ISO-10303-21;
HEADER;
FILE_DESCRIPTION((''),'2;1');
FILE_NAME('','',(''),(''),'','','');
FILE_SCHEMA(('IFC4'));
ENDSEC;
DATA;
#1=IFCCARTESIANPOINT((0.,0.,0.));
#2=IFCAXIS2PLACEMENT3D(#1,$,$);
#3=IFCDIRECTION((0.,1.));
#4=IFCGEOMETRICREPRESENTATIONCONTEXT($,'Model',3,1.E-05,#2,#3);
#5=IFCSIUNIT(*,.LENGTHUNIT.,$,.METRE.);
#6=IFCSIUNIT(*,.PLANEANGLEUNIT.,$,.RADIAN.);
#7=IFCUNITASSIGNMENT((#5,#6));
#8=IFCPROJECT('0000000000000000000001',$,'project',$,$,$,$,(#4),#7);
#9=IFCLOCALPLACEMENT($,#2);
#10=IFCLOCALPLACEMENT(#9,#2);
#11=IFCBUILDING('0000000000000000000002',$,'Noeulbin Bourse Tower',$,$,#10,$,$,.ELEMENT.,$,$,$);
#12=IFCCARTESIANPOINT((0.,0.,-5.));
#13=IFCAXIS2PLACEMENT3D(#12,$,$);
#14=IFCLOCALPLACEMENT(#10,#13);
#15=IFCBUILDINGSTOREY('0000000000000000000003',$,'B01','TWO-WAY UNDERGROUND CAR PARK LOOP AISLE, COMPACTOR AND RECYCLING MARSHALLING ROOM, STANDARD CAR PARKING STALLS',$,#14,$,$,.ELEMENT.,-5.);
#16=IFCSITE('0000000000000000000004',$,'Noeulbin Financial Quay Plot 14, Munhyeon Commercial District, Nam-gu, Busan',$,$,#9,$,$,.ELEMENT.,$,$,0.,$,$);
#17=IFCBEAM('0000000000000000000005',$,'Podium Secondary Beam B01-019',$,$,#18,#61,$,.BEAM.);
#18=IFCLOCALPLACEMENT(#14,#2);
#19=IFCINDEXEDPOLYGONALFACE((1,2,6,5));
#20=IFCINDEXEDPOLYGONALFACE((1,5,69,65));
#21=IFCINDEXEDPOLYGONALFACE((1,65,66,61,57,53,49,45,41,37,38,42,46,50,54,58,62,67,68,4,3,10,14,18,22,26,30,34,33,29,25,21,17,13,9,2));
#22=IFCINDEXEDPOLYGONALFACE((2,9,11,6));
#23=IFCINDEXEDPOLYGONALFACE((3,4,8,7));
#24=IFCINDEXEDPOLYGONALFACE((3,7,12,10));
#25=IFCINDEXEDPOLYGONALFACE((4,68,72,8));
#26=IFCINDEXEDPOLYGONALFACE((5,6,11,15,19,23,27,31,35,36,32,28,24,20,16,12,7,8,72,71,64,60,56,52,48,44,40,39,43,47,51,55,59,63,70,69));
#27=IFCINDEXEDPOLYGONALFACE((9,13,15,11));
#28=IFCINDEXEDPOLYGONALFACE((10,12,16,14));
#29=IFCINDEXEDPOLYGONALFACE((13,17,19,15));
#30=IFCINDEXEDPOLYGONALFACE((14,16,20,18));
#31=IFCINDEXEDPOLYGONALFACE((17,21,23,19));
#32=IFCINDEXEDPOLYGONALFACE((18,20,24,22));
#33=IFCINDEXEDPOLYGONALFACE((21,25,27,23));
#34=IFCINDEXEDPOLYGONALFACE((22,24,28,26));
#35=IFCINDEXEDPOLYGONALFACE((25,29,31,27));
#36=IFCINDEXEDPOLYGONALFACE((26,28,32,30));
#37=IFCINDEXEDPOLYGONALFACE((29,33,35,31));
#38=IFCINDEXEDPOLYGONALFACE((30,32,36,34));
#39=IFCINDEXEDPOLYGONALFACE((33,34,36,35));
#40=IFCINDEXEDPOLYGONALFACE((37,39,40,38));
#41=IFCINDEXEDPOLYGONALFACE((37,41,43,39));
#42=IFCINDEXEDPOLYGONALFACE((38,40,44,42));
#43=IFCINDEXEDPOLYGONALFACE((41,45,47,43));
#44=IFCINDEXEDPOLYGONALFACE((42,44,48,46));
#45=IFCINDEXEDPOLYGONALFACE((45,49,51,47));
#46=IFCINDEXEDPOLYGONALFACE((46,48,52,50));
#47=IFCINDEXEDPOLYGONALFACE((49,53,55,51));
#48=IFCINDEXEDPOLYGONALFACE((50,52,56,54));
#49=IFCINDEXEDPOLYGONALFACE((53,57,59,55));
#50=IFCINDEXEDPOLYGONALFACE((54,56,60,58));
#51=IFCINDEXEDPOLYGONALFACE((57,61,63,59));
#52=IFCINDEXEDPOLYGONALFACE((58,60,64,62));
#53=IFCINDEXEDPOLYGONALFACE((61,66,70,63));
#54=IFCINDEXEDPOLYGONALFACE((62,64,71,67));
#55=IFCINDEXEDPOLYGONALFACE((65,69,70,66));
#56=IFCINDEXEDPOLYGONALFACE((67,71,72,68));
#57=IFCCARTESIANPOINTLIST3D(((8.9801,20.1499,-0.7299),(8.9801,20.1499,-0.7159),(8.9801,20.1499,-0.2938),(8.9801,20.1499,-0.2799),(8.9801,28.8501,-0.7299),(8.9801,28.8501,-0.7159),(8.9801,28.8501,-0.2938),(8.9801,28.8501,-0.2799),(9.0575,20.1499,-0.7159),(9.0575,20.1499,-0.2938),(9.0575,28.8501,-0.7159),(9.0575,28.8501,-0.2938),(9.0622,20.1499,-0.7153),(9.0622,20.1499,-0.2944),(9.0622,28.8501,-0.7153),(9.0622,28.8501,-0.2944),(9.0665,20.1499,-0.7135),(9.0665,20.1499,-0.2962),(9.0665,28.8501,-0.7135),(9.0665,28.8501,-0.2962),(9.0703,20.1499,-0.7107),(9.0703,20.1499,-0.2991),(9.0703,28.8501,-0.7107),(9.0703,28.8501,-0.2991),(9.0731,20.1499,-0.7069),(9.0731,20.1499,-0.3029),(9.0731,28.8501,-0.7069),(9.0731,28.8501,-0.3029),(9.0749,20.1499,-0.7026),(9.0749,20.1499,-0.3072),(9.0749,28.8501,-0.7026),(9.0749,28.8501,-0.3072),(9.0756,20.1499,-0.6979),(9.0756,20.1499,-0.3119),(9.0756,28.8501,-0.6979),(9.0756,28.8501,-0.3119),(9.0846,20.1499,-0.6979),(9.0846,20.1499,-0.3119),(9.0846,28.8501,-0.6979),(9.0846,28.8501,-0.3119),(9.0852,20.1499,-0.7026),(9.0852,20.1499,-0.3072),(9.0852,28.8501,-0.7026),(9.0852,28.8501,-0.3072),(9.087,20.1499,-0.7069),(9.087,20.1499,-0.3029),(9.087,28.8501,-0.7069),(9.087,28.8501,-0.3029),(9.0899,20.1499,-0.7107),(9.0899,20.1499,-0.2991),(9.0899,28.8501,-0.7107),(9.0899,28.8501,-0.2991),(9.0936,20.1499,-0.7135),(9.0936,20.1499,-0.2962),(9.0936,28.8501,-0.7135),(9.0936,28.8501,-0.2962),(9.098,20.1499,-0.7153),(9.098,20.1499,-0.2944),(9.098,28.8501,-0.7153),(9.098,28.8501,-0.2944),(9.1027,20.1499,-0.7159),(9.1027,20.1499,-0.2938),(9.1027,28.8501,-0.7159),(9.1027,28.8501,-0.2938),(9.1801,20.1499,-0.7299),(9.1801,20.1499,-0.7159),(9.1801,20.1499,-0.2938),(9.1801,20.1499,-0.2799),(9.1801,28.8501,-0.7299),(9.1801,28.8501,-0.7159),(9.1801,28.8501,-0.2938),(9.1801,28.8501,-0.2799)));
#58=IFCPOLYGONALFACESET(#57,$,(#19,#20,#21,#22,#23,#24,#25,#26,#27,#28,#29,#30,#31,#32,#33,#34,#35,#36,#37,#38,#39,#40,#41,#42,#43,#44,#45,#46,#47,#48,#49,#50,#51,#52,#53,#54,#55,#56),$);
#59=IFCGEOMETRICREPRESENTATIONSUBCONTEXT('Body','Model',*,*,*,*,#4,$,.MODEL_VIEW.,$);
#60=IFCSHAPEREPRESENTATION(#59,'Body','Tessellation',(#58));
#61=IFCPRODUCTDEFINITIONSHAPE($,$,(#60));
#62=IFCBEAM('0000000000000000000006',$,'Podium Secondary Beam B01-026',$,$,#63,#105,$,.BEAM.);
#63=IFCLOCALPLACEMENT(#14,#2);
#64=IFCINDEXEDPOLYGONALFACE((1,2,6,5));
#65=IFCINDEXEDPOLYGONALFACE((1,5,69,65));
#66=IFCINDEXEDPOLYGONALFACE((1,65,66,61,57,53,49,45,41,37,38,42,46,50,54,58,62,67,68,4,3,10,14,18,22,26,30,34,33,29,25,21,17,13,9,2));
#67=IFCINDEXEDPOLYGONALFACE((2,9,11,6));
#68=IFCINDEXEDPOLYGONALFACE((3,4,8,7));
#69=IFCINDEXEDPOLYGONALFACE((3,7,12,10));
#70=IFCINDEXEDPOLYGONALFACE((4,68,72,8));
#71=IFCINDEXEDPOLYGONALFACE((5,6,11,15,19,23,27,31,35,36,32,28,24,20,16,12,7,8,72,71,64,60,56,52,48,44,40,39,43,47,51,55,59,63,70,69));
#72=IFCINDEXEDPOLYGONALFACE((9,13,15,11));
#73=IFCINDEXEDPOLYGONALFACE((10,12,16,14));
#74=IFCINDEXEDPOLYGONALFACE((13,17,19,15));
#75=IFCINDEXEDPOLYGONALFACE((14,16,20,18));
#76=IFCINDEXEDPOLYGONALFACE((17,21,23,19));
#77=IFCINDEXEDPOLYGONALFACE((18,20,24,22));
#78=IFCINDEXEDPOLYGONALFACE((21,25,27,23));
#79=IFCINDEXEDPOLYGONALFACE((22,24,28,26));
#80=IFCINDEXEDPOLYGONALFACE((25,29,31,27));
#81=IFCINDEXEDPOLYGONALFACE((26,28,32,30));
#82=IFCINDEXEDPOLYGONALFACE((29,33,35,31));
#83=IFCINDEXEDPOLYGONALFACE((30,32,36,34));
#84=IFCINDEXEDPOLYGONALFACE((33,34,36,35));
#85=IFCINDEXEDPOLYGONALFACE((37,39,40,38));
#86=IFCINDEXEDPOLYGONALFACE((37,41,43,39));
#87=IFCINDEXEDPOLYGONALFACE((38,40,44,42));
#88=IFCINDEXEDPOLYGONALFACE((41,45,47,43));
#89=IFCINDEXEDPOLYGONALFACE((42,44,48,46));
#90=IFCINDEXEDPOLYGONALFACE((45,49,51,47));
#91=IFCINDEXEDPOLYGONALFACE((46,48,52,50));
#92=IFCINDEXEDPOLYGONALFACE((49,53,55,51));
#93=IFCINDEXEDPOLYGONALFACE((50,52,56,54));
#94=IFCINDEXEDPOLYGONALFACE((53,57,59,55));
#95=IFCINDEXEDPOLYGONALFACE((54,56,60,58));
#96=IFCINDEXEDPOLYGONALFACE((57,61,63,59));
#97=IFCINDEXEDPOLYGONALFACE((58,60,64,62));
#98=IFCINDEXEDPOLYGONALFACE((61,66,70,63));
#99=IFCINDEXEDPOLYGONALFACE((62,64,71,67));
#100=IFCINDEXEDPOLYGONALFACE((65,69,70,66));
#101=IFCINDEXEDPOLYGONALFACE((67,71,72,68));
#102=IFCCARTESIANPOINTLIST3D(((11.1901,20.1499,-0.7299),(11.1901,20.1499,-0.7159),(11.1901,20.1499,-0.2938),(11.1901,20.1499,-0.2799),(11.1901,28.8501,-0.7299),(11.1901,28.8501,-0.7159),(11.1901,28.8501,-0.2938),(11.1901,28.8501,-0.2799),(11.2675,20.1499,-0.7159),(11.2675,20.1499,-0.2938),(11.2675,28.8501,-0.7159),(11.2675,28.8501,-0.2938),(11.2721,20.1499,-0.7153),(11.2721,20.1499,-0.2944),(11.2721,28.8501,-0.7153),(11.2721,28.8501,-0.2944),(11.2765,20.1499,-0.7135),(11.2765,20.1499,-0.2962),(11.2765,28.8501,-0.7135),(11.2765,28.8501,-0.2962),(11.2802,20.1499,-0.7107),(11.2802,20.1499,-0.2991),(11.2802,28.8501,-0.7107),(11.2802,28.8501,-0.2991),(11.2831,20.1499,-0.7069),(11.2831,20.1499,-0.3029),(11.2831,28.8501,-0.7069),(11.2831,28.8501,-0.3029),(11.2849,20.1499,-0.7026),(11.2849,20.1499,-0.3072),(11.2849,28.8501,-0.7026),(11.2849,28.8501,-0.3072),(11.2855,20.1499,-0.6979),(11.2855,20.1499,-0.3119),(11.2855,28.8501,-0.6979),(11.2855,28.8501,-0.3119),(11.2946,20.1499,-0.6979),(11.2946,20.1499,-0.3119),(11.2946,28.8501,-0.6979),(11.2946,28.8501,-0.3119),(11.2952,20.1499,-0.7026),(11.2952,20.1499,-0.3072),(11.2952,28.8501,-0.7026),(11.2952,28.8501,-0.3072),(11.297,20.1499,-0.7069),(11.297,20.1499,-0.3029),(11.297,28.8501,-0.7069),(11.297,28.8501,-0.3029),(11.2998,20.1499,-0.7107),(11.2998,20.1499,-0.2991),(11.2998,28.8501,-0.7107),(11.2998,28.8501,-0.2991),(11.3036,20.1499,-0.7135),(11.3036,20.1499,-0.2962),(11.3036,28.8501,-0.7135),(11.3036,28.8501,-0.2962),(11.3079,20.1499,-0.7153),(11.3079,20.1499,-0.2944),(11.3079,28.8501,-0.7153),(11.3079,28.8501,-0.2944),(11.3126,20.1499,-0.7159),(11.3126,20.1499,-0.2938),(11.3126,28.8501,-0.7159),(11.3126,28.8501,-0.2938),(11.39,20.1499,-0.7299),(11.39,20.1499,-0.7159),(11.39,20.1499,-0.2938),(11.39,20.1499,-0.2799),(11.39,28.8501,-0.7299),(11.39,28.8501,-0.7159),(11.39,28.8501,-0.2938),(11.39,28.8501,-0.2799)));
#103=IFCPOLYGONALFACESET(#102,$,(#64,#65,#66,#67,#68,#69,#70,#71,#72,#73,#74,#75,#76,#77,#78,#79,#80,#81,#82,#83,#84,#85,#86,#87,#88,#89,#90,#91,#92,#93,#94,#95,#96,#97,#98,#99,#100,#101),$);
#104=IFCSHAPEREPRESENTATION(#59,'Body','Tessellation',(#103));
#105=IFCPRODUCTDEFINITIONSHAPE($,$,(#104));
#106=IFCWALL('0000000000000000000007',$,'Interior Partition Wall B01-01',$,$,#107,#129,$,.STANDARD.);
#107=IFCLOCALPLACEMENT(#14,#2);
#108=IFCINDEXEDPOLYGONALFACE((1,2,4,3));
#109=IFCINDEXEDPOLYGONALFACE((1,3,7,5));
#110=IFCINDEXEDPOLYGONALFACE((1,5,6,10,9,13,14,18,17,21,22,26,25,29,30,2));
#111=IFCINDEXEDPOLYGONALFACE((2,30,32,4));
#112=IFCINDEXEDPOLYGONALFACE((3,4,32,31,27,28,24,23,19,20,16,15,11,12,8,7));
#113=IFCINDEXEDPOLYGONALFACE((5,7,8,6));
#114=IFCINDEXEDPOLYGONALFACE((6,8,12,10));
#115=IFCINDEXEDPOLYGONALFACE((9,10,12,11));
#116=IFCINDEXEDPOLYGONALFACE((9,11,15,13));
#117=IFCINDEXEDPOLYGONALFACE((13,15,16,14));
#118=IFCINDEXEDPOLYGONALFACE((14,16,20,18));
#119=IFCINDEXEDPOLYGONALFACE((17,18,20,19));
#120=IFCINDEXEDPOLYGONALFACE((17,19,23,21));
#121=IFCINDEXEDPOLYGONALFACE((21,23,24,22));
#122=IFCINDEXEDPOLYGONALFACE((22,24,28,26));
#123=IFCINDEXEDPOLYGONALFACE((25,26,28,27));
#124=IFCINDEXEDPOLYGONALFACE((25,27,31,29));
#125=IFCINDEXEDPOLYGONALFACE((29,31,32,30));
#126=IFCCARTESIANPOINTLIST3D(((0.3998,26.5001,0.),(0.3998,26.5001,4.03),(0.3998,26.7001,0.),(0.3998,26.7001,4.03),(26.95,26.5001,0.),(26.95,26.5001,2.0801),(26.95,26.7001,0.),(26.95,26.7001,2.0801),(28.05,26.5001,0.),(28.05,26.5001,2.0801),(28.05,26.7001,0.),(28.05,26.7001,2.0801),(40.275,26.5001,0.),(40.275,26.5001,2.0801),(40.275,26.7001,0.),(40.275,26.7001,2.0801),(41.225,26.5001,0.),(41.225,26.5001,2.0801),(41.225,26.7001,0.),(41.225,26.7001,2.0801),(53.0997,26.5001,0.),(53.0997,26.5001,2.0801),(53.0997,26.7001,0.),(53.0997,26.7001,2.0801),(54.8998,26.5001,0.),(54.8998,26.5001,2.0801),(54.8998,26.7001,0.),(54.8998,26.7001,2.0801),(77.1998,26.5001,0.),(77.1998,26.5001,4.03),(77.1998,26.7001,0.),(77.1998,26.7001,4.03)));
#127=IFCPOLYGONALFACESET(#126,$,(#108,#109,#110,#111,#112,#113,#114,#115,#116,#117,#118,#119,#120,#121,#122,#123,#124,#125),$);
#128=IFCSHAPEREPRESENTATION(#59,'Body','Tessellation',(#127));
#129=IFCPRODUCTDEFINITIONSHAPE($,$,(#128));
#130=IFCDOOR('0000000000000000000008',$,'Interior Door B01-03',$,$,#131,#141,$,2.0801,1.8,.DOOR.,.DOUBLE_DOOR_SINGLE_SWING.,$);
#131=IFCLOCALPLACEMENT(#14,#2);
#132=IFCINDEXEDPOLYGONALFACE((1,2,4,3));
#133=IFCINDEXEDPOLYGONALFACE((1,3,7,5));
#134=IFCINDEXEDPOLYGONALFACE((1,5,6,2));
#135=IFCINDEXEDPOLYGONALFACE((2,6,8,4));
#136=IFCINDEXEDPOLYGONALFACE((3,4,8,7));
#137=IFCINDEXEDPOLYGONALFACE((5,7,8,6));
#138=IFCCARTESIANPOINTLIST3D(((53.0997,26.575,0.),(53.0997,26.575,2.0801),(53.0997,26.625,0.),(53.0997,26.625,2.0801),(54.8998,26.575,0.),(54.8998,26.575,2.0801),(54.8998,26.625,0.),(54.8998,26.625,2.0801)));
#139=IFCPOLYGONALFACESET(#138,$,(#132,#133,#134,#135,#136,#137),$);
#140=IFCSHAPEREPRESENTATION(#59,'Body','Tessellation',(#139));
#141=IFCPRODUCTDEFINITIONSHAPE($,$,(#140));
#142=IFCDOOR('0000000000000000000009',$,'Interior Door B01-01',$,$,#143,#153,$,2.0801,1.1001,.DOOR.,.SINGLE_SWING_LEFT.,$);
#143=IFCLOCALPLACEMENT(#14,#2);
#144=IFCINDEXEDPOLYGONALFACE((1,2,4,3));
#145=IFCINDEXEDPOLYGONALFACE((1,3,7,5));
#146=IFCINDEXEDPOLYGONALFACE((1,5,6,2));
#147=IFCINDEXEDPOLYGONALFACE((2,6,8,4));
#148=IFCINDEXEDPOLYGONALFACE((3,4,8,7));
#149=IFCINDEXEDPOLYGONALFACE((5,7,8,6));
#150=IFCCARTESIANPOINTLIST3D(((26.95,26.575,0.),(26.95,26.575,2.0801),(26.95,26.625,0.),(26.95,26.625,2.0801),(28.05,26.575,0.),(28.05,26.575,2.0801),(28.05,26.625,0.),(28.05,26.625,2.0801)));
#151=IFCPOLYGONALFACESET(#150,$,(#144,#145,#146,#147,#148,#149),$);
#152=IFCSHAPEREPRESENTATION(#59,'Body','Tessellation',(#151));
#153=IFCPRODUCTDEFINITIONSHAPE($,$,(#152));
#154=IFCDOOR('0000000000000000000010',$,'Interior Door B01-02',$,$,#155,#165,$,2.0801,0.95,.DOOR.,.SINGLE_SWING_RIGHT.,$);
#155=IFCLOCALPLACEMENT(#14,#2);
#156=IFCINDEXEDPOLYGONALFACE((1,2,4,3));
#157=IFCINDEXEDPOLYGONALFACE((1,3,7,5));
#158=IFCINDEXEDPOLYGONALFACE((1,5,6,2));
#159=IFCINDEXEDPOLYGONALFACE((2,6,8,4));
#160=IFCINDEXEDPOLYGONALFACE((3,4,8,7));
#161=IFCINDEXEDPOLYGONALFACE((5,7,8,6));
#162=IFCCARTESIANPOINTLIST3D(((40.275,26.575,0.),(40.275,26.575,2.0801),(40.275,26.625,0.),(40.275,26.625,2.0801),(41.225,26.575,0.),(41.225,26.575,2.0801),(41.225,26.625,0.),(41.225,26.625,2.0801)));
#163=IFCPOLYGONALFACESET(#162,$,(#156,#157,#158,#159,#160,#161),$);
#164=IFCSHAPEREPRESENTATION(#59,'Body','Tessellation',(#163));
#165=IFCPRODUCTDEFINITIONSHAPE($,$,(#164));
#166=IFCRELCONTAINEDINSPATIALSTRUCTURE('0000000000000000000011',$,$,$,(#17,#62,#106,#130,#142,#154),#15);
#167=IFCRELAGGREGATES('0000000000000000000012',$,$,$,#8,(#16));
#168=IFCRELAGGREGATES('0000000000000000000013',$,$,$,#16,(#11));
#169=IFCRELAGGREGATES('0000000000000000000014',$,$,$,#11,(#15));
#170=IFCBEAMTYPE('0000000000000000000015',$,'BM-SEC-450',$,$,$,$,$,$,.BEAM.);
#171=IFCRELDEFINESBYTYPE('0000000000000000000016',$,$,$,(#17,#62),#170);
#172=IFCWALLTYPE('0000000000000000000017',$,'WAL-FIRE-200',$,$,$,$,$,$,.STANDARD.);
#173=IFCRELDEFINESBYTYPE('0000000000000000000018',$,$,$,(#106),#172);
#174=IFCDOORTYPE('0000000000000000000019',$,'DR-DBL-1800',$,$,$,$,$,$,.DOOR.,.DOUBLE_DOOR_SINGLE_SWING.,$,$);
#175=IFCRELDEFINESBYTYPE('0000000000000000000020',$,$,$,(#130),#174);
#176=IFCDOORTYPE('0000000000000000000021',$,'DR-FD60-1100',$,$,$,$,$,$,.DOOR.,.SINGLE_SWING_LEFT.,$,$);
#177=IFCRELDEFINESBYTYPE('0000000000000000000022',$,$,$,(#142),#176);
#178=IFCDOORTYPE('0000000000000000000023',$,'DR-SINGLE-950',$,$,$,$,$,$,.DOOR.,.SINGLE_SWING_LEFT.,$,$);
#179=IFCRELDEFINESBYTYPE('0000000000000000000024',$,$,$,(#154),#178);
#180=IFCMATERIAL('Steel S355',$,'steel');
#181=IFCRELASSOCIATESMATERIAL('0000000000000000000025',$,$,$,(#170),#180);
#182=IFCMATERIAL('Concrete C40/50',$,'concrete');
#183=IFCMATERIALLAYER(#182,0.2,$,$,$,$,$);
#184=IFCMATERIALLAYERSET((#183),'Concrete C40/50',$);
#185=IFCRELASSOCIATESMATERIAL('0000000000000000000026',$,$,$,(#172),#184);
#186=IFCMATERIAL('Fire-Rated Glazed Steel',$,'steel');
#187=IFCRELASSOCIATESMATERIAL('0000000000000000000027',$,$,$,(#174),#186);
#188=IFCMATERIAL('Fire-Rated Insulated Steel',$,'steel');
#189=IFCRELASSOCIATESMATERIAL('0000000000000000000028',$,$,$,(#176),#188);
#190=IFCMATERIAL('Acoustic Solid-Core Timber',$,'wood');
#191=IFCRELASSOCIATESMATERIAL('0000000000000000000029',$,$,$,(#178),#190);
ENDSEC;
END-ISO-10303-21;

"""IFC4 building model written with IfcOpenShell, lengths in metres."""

from ifc_helpers import new_model, si_unit, direction, frame, frame_2d, origin, origin_2d, place, context, subcontext, project, spatial, rectangle, i_section, extrude, material, layer, layer_set, material_profile, profile_set, type_object, element, fill, save


model = new_model("IFC4")

# Units and contexts
model_context = context("Model", 3, precision=1e-05, world=origin(), true_north=direction((0.0, 1.0)))
body_context = subcontext(model_context, "Body", "Model", "MODEL_VIEW")
ifc_project = project(units=[si_unit("LENGTHUNIT", "METRE"), si_unit("PLANEANGLEUNIT", "RADIAN")], contexts=[model_context])

# Site, building, storey
site_placement = place(None, origin())
site = spatial("IfcSite", under=ifc_project, at=site_placement, Name="Noeulbin Financial Quay Plot 14, Munhyeon Commercial District, Nam-gu, Busan", CompositionType="ELEMENT", RefElevation=0.0)
building_placement = place(site_placement, origin())
building = spatial("IfcBuilding", under=site, at=building_placement, Name="Noeulbin Bourse Tower", CompositionType="ELEMENT")
storey_placement = place(building_placement, frame((0.0, 0.0, -5.0)))
storey = spatial("IfcBuildingStorey", under=building, at=storey_placement, Name="B01", Description="TWO-WAY UNDERGROUND CAR PARK LOOP AISLE, COMPACTOR AND RECYCLING MARSHALLING ROOM, STANDARD CAR PARKING STALLS", CompositionType="ELEMENT", Elevation=-5.0)

# Beams
ifc_material_1 = material(Name="Steel S355", Category="steel")
ifc_material_profile_1 = material_profile(ifc_material_1, i_section(OverallWidth=0.2, OverallDepth=0.45, WebThickness=0.009, FlangeThickness=0.0139, FilletRadius=0.0181, at=origin_2d()), Name="H-450x200x9x14", Category="LoadBearing")
ifc_profile_set_1 = profile_set([ifc_material_profile_1], Name="Steel S355")
beam_type_1 = type_object("IfcBeamType", Name="BM-SEC-450", PredefinedType="BEAM", material=ifc_profile_set_1)
for number, where, z_axis, x_axis, name in (
    (1, (9.0801, 20.1499, -0.5049), (0.0, 1.0, 0.0), (-1.0, 0.0, 0.0), "Podium Secondary Beam B01-019"),
    (2, (11.29, 20.1499, -0.5049), (0.0, 1.0, 0.0), (-1.0, 0.0, 0.0), "Podium Secondary Beam B01-026"),
):
    element("IfcBeam", number, at=place(storey_placement, frame(where, z_axis=z_axis, x_axis=x_axis)), inside=storey, type_object=beam_type_1, Name=name, PredefinedType="BEAM", context=body_context, shape_type="SweptSolid", body=[
        extrude(i_section(OverallWidth=0.2, OverallDepth=0.45, WebThickness=0.009, FlangeThickness=0.0139, FilletRadius=0.0181, at=origin_2d()), origin(), (0.0, 0.0, 1.0), 8.7002),
    ])

# Wall, openings, doors
ifc_material_2 = material(Name="Concrete C40/50", Category="concrete")
ifc_layer = layer(ifc_material_2, 0.2)
ifc_layer_set = layer_set([ifc_layer], Name="Concrete C40/50")
wall_type = type_object("IfcWallType", Name="WAL-FIRE-200", PredefinedType="STANDARD", material=ifc_layer_set)
wall_placement = place(storey_placement, frame((0.3999, 26.6001, 0.0), z_axis=(0.0, 0.0, 1.0), x_axis=(1.0, 0.0, 0.0)))
wall = element("IfcWall", 3, at=wall_placement, inside=storey, type_object=wall_type, Name="Interior Partition Wall B01-01", PredefinedType="STANDARD", context=body_context, shape_type="SweptSolid", body=[
    extrude(rectangle(XDim=76.8, YDim=0.2, at=frame_2d((38.3999, 0.0))), origin(), (0.0, 0.0, 1.0), 4.03),
])
opening_1_placement = place(wall_placement, frame((26.55, 0.0, 0.0)))
opening_1 = element("IfcOpeningElement", 4, at=opening_1_placement, cuts=wall, PredefinedType="OPENING", context=body_context, shape_type="SweptSolid", body=[
    extrude(rectangle(XDim=1.1001, YDim=2.0801, at=frame_2d((0.55, 1.04))), frame((0.0, 0.1099, 0.0), z_axis=(0.0, -1.0, 0.0), x_axis=(1.0, 0.0, 0.0)), (0.0, 0.0, 1.0), 0.22),
])
opening_2_placement = place(wall_placement, frame((39.875, 0.0, 0.0)))
opening_2 = element("IfcOpeningElement", 5, at=opening_2_placement, cuts=wall, PredefinedType="OPENING", context=body_context, shape_type="SweptSolid", body=[
    extrude(rectangle(XDim=0.95, YDim=2.0801, at=frame_2d((0.4751, 1.04))), frame((0.0, 0.1099, 0.0), z_axis=(0.0, -1.0, 0.0), x_axis=(1.0, 0.0, 0.0)), (0.0, 0.0, 1.0), 0.22),
])
opening_3_placement = place(wall_placement, frame((52.7, 0.0, 0.0)))
opening_3 = element("IfcOpeningElement", 6, at=opening_3_placement, cuts=wall, PredefinedType="OPENING", context=body_context, shape_type="SweptSolid", body=[
    extrude(rectangle(XDim=1.8, YDim=2.0801, at=frame_2d((0.8999, 1.04))), frame((0.0, 0.1099, 0.0), z_axis=(0.0, -1.0, 0.0), x_axis=(1.0, 0.0, 0.0)), (0.0, 0.0, 1.0), 0.22),
])
ifc_material_3 = material(Name="Fire-Rated Glazed Steel", Category="steel")
door_type_1 = type_object("IfcDoorType", Name="DR-DBL-1800", OperationType="DOUBLE_DOOR_SINGLE_SWING", PredefinedType="DOOR", material=ifc_material_3)
door_1_placement = place(opening_3_placement, origin())
door_1 = element("IfcDoor", 7, at=door_1_placement, inside=storey, type_object=door_type_1, Name="Interior Door B01-03", OperationType="DOUBLE_DOOR_SINGLE_SWING", OverallHeight=2.0801, OverallWidth=1.8, PredefinedType="DOOR", context=body_context, shape_type="SweptSolid", body=[
    extrude(rectangle(XDim=1.8, YDim=2.0801, at=frame_2d((0.8999, 1.04))), frame((0.0, 0.0249, 0.0), z_axis=(0.0, -1.0, 0.0), x_axis=(1.0, 0.0, 0.0)), (0.0, 0.0, 1.0), 0.05),
])
fill(opening_3, door_1)
ifc_material_4 = material(Name="Fire-Rated Insulated Steel", Category="steel")
door_type_2 = type_object("IfcDoorType", Name="DR-FD60-1100", OperationType="SINGLE_SWING_LEFT", PredefinedType="DOOR", material=ifc_material_4)
door_2_placement = place(opening_1_placement, origin())
door_2 = element("IfcDoor", 8, at=door_2_placement, inside=storey, type_object=door_type_2, Name="Interior Door B01-01", OperationType="SINGLE_SWING_LEFT", OverallHeight=2.0801, OverallWidth=1.1001, PredefinedType="DOOR", context=body_context, shape_type="SweptSolid", body=[
    extrude(rectangle(XDim=1.1001, YDim=2.0801, at=frame_2d((0.55, 1.04))), frame((0.0, 0.0249, 0.0), z_axis=(0.0, -1.0, 0.0), x_axis=(1.0, 0.0, 0.0)), (0.0, 0.0, 1.0), 0.05),
])
fill(opening_1, door_2)
ifc_material_5 = material(Name="Acoustic Solid-Core Timber", Category="wood")
door_type_3 = type_object("IfcDoorType", Name="DR-SINGLE-950", OperationType="SINGLE_SWING_LEFT", PredefinedType="DOOR", material=ifc_material_5)
door_3_placement = place(opening_2_placement, origin())
door_3 = element("IfcDoor", 9, at=door_3_placement, inside=storey, type_object=door_type_3, Name="Interior Door B01-02", OperationType="SINGLE_SWING_RIGHT", OverallHeight=2.0801, OverallWidth=0.95, PredefinedType="DOOR", context=body_context, shape_type="SweptSolid", body=[
    extrude(rectangle(XDim=0.95, YDim=2.0801, at=frame_2d((0.4751, 1.04))), frame((0.0, 0.0249, 0.0), z_axis=(0.0, -1.0, 0.0), x_axis=(1.0, 0.0, 0.0)), (0.0, 0.0, 1.0), 0.05),
])
fill(opening_2, door_3)

save(model, "model.ifc")
